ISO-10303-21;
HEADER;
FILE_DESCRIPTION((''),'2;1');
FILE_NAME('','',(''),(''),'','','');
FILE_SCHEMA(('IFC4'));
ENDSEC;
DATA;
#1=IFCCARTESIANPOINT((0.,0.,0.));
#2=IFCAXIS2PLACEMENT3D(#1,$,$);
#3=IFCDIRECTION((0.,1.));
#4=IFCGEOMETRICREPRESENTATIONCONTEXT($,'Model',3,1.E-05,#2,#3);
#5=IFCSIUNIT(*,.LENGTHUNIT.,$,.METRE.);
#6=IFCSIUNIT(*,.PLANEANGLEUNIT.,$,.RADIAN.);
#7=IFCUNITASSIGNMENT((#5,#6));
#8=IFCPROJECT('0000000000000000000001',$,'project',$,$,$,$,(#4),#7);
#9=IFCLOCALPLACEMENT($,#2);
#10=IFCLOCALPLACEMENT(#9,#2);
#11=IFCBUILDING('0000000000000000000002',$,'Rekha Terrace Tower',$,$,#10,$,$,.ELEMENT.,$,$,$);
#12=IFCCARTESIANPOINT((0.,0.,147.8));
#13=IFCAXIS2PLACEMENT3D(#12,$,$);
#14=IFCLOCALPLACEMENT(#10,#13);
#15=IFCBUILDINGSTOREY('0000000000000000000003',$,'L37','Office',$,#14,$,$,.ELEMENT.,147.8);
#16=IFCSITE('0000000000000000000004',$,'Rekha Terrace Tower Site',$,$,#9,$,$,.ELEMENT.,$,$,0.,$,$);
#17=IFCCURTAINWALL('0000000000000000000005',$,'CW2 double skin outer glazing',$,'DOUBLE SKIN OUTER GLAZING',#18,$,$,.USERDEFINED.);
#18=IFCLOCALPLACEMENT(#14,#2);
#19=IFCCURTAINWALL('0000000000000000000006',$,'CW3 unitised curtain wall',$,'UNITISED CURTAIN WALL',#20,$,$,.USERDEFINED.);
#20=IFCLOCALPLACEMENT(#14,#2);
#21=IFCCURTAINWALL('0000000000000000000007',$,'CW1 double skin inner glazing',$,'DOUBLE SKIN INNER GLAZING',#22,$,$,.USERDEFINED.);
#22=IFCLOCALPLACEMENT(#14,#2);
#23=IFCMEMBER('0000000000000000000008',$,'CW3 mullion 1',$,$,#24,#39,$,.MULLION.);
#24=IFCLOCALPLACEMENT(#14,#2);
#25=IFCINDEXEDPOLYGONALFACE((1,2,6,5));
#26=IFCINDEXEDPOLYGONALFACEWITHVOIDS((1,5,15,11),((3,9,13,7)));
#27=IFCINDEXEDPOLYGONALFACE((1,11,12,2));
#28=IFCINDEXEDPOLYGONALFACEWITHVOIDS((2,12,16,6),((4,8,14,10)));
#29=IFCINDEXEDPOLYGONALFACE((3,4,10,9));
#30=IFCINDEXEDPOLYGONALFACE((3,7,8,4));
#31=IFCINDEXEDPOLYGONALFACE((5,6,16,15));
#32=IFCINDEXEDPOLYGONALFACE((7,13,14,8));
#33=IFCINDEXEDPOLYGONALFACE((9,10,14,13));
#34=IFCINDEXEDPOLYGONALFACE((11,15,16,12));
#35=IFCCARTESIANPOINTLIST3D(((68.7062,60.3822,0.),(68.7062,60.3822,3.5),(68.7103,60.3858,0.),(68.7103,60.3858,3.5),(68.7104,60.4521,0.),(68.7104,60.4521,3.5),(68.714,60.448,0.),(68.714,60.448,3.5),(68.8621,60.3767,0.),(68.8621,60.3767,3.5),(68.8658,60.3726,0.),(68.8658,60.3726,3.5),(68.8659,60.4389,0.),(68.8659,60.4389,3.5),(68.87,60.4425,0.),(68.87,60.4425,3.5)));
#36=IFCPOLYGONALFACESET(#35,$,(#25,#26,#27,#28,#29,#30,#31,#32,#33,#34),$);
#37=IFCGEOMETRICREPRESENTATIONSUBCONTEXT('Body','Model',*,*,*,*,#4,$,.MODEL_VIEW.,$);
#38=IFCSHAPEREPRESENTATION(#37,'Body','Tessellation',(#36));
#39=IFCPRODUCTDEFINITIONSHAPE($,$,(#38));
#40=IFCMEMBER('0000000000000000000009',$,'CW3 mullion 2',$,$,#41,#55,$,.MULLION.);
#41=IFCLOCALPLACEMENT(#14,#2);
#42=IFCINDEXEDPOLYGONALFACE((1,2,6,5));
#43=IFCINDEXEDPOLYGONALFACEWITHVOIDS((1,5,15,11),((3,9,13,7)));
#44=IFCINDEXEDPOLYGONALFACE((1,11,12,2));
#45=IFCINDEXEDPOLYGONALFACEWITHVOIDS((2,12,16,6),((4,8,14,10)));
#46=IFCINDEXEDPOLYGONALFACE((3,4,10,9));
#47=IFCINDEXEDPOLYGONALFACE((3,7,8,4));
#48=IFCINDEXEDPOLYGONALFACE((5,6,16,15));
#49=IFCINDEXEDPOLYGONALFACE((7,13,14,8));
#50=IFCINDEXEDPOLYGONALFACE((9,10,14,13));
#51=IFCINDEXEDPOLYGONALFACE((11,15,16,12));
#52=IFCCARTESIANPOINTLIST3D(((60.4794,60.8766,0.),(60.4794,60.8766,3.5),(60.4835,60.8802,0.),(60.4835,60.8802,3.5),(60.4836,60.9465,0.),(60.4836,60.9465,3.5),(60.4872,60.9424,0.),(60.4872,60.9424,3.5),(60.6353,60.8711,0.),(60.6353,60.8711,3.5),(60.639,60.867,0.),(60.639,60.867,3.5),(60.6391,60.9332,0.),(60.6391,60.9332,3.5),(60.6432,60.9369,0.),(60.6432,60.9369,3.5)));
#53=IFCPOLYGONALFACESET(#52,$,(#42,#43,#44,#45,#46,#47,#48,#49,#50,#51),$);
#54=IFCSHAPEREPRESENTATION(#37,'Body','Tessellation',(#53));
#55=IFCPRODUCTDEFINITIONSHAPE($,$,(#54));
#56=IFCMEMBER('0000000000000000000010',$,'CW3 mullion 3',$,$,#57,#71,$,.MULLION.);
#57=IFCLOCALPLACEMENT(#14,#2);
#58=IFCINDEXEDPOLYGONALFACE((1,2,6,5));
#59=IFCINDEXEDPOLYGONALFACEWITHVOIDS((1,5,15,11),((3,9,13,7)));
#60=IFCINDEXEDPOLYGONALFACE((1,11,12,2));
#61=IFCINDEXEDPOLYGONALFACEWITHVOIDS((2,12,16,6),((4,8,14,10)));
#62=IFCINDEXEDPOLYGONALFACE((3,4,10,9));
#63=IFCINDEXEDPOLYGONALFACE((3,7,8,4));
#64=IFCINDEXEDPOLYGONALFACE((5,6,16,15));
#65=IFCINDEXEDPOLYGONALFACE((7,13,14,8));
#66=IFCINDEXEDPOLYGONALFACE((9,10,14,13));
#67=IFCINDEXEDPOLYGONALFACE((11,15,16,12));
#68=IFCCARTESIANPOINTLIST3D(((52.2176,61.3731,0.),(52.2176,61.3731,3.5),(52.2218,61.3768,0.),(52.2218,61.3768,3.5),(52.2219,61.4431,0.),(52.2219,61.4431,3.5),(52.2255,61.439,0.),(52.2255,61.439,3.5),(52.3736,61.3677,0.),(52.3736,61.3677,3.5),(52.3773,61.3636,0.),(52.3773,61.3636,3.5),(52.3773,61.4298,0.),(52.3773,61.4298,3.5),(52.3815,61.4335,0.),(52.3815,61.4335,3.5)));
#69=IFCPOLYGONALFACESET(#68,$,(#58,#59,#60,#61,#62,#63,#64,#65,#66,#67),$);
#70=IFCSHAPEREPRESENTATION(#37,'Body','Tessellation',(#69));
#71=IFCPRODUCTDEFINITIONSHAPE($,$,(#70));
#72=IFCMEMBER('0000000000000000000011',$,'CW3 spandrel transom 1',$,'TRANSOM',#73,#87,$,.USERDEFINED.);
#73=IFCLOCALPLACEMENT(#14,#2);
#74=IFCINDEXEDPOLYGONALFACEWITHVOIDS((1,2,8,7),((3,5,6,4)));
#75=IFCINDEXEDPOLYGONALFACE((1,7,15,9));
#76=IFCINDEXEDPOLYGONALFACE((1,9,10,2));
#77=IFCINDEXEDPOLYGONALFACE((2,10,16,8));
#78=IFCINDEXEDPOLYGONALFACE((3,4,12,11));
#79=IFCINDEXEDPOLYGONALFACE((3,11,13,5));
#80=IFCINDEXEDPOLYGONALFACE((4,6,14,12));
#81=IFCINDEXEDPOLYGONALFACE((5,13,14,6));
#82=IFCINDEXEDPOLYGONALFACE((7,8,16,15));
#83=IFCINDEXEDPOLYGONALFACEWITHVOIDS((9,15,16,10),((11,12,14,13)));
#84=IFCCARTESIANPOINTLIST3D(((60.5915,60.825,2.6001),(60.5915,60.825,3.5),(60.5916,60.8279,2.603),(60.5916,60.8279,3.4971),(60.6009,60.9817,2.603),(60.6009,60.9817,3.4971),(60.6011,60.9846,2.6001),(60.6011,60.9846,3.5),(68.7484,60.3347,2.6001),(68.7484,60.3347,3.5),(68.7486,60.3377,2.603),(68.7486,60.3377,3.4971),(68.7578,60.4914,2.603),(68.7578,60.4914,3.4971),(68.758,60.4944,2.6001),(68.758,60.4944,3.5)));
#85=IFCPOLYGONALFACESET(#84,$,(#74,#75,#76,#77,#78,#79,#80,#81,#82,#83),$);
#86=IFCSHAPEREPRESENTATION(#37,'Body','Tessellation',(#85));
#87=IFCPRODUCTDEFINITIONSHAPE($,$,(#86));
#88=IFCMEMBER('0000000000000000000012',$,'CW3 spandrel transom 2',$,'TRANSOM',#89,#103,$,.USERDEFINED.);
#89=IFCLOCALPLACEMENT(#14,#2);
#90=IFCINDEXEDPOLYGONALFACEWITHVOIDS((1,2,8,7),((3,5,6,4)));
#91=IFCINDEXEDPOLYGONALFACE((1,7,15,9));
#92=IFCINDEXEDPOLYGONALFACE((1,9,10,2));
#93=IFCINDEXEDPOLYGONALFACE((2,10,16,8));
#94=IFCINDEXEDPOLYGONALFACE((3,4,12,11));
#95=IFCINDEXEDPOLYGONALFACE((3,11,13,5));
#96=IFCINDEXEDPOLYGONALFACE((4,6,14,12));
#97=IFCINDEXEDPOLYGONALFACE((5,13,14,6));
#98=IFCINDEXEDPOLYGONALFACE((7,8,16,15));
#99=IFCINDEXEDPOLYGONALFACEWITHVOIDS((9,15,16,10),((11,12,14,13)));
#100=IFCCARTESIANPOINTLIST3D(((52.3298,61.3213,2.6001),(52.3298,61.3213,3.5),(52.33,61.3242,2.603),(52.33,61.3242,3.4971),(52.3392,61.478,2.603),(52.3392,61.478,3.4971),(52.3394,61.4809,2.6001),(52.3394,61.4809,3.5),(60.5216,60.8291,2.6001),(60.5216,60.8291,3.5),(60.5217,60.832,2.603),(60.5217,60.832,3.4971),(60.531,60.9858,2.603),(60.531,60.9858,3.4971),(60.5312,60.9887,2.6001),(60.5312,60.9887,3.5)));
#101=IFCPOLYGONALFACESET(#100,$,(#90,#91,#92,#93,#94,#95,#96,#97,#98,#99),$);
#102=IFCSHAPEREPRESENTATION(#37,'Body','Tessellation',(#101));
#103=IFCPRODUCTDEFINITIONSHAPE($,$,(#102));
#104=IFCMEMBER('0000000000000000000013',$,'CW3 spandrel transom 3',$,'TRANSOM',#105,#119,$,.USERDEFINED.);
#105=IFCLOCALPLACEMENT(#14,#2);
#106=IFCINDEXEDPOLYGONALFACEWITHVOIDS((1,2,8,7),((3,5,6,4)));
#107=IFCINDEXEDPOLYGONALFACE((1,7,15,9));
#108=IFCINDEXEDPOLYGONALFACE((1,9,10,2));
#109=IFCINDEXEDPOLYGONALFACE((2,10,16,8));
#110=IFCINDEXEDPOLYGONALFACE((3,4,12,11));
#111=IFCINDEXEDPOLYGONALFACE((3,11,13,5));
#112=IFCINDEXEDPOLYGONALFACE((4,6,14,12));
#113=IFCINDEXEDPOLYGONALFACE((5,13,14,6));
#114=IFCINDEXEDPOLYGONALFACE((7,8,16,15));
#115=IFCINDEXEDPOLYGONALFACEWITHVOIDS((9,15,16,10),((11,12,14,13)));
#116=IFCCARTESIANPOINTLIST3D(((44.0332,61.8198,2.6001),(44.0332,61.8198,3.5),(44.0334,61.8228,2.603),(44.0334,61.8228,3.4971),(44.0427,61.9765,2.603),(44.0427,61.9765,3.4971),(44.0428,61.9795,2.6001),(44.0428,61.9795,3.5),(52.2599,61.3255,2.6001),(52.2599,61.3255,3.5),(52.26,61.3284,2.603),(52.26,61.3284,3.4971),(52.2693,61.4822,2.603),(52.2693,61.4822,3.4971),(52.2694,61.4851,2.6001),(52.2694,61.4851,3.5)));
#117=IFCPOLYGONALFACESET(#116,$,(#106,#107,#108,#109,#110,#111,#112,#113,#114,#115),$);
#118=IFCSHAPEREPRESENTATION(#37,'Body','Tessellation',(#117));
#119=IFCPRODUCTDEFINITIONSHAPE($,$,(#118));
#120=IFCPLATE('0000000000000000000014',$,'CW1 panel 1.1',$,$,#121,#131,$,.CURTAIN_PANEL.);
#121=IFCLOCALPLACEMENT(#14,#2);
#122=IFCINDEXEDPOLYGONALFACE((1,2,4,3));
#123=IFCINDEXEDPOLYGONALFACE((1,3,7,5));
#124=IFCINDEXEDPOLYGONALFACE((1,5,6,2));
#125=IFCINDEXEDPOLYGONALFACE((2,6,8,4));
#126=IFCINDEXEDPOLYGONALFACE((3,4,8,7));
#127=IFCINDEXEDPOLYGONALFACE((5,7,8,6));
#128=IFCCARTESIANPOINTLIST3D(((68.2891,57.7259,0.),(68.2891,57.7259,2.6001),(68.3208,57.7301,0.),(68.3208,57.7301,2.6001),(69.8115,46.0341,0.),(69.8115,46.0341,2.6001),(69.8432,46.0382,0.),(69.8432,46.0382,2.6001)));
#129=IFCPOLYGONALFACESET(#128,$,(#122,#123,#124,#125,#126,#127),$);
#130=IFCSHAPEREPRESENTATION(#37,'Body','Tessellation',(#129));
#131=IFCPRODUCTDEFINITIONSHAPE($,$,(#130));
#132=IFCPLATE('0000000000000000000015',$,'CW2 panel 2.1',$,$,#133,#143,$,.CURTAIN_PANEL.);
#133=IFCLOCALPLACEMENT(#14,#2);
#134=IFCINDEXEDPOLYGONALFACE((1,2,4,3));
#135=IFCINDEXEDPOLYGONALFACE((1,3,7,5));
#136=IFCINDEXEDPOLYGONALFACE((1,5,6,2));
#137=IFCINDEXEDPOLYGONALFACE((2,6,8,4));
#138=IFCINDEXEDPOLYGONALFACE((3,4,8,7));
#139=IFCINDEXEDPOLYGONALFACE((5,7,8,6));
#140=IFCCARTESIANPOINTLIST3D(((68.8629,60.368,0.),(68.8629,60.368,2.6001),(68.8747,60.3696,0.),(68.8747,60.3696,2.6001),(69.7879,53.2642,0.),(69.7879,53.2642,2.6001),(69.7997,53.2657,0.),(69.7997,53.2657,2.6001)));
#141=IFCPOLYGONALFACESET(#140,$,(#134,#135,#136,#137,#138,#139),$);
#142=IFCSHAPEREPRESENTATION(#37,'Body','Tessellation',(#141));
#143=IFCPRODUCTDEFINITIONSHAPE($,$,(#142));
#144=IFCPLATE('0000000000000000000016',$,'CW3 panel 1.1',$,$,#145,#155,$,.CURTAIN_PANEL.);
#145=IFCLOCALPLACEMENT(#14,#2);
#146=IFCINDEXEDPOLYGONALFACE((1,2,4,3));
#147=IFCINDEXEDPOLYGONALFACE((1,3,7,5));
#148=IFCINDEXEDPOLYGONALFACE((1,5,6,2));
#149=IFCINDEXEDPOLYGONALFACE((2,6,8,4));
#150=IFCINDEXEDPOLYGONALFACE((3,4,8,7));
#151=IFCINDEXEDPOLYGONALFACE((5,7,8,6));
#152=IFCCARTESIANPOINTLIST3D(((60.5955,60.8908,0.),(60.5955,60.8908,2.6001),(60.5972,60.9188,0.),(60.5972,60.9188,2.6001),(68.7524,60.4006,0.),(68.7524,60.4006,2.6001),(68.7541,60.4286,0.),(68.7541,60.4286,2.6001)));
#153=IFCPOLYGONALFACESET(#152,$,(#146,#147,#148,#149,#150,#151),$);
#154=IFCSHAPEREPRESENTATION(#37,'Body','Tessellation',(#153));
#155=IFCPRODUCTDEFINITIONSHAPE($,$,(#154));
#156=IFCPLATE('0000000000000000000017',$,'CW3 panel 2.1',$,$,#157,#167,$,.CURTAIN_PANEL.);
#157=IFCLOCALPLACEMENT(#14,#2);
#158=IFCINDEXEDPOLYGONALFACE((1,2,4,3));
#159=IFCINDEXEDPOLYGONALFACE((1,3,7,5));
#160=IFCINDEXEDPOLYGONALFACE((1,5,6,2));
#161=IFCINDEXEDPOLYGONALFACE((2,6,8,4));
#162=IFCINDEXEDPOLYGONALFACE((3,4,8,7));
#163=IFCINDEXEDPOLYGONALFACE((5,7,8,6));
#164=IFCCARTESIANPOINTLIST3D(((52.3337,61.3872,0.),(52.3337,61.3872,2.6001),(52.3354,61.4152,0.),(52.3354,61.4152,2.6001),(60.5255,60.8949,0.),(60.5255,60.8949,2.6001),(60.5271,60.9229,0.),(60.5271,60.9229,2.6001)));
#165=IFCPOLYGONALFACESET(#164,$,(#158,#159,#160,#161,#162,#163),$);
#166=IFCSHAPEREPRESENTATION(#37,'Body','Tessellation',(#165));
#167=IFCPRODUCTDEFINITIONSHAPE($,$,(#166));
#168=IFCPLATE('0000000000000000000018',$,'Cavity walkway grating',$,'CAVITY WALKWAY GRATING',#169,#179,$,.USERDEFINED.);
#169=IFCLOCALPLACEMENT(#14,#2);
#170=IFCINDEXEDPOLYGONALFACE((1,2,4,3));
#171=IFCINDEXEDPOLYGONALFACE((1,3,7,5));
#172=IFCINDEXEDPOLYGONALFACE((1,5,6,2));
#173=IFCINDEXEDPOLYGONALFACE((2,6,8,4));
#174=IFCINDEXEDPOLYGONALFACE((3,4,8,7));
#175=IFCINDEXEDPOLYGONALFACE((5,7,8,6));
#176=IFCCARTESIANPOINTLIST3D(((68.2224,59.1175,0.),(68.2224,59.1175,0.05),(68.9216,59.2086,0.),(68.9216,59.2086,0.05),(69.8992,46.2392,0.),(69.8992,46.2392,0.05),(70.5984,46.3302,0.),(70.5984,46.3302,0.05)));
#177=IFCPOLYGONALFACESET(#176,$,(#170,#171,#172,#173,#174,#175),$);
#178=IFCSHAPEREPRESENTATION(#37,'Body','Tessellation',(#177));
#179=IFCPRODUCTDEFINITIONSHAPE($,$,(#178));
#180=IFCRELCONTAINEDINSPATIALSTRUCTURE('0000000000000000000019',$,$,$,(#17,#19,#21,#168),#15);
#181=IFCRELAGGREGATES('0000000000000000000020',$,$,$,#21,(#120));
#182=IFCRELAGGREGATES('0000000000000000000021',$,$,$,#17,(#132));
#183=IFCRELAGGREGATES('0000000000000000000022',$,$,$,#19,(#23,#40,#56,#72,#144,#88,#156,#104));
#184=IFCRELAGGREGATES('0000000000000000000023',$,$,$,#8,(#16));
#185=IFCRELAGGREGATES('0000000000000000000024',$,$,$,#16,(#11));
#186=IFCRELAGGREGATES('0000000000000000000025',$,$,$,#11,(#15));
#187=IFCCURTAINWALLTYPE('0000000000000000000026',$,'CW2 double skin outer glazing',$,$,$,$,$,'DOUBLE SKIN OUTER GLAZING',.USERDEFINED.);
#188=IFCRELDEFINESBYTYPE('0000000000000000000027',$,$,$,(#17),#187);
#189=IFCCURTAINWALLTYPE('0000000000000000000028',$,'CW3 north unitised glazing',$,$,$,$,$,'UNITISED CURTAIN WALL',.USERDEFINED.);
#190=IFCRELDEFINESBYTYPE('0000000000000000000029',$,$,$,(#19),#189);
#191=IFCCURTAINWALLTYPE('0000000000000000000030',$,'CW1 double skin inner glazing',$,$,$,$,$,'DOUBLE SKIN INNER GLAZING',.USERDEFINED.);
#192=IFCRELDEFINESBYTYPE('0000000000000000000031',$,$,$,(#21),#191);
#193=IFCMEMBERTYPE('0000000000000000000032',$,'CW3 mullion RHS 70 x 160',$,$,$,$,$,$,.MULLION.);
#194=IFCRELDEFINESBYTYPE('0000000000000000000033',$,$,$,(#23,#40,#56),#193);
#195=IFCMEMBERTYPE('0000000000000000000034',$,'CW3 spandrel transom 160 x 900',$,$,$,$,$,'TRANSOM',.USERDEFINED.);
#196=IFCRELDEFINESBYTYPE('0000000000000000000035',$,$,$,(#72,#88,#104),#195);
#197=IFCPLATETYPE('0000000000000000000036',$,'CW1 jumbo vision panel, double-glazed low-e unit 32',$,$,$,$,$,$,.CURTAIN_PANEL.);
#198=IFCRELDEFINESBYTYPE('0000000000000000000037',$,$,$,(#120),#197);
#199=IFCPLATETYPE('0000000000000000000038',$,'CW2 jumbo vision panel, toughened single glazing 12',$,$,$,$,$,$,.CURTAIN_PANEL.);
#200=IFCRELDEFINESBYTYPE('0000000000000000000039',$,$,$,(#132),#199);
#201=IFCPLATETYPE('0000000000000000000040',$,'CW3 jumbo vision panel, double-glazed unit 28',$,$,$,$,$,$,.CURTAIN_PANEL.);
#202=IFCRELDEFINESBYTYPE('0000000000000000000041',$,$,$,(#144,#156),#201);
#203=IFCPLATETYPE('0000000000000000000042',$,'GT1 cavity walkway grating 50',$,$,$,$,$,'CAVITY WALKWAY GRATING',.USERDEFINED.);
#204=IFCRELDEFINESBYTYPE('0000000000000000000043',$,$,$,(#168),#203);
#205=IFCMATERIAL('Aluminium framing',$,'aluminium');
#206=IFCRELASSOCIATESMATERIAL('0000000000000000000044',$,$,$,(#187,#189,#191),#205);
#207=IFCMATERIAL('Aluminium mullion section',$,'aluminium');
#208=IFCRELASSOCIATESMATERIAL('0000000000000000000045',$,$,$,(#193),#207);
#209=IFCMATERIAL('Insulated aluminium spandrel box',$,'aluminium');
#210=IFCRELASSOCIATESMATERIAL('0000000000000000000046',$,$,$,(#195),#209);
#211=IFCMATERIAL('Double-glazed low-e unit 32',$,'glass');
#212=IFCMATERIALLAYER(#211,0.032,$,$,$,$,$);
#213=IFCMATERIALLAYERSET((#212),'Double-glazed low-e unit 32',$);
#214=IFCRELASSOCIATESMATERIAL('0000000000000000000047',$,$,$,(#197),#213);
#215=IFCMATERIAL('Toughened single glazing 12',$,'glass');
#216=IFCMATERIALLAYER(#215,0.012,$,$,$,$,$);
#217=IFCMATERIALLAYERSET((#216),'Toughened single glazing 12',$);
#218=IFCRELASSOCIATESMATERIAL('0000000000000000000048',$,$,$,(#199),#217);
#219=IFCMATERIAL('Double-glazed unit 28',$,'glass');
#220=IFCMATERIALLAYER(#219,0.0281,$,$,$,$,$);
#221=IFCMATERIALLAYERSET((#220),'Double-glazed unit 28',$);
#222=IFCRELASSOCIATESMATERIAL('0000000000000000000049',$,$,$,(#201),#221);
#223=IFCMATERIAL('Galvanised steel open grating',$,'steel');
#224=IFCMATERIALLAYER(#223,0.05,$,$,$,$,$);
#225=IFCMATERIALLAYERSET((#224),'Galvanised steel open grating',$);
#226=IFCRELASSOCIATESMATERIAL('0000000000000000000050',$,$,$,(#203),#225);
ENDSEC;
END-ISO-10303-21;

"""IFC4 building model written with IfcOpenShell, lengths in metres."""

from ifc_helpers import new_model, si_unit, direction, frame, origin, origin_2d, place, context, subcontext, project, spatial, rectangle, hollow_rectangle, extrude, material, layer, layer_set, material_profile, profile_set, type_object, element, aggregate, save


model = new_model("IFC4")

# Units and contexts
model_context = context("Model", 3, precision=1e-05, world=origin(), true_north=direction((0.0, 1.0)))
body_context = subcontext(model_context, "Body", "Model", "MODEL_VIEW")
ifc_project = project(units=[si_unit("LENGTHUNIT", "METRE"), si_unit("PLANEANGLEUNIT", "RADIAN")], contexts=[model_context])

# Site, building, storey
site_placement = place(None, origin())
site = spatial("IfcSite", under=ifc_project, at=site_placement, Name="Rekha Terrace Tower Site", CompositionType="ELEMENT", RefElevation=0.0)
building_placement = place(site_placement, origin())
building = spatial("IfcBuilding", under=site, at=building_placement, Name="Rekha Terrace Tower", CompositionType="ELEMENT")
storey_placement = place(building_placement, frame((0.0, 0.0, 147.8)))
storey = spatial("IfcBuildingStorey", under=building, at=storey_placement, Name="L37", Description="Office", CompositionType="ELEMENT", Elevation=147.8)

# Curtain wall
ifc_material_1 = material(Name="Aluminium framing", Category="aluminium")
curtain_wall_type_1 = type_object("IfcCurtainWallType", Name="CW2 double skin outer glazing", ElementType="DOUBLE SKIN OUTER GLAZING", PredefinedType="USERDEFINED", material=ifc_material_1)
curtain_wall_1_placement = place(storey_placement, origin())
curtain_wall_1 = element("IfcCurtainWall", 1, at=curtain_wall_1_placement, inside=storey, type_object=curtain_wall_type_1, Name="CW2 double skin outer glazing", ObjectType="DOUBLE SKIN OUTER GLAZING", PredefinedType="USERDEFINED")

# Curtain wall
curtain_wall_type_2 = type_object("IfcCurtainWallType", Name="CW3 north unitised glazing", ElementType="UNITISED CURTAIN WALL", PredefinedType="USERDEFINED", material=ifc_material_1)
curtain_wall_2_placement = place(storey_placement, origin())
curtain_wall_2 = element("IfcCurtainWall", 2, at=curtain_wall_2_placement, inside=storey, type_object=curtain_wall_type_2, Name="CW3 unitised curtain wall", ObjectType="UNITISED CURTAIN WALL", PredefinedType="USERDEFINED")

# Curtain wall
curtain_wall_type_3 = type_object("IfcCurtainWallType", Name="CW1 double skin inner glazing", ElementType="DOUBLE SKIN INNER GLAZING", PredefinedType="USERDEFINED", material=ifc_material_1)
curtain_wall_3_placement = place(storey_placement, origin())
curtain_wall_3 = element("IfcCurtainWall", 3, at=curtain_wall_3_placement, inside=storey, type_object=curtain_wall_type_3, Name="CW1 double skin inner glazing", ObjectType="DOUBLE SKIN INNER GLAZING", PredefinedType="USERDEFINED")
ifc_material_2 = material(Name="Aluminium mullion section", Category="aluminium")

# Members
ifc_material_3 = material(Name="Insulated aluminium spandrel box", Category="aluminium")
ifc_material_profile_1 = material_profile(ifc_material_2, hollow_rectangle(XDim=0.0701, YDim=0.1599, WallThickness=0.0039, at=origin_2d()), Name="AL RHS 70x160")
ifc_profile_set_1 = profile_set([ifc_material_profile_1], Name="Aluminium mullion section")
member_type_1 = type_object("IfcMemberType", Name="CW3 mullion RHS 70 x 160", PredefinedType="MULLION", material=ifc_profile_set_1)
member_1_placement = place(storey_placement, frame((68.7881, 60.4124, 0.0), z_axis=(0.0, 0.0, 1.0), x_axis=(-0.059988, -0.998199, 0.0)))
member_1 = element("IfcMember", 4, at=member_1_placement, type_object=member_type_1, Name="CW3 mullion 1", PredefinedType="MULLION", context=body_context, shape_type="SweptSolid", body=[
    extrude(hollow_rectangle(XDim=0.0701, YDim=0.1599, WallThickness=0.0039, at=origin_2d()), origin(), (0.0, 0.0, 1.0), 3.5),
])
member_2_placement = place(storey_placement, frame((60.5613, 60.9067, 0.0), z_axis=(0.0, 0.0, 1.0), x_axis=(-0.059988, -0.998199, 0.0)))
member_2 = element("IfcMember", 5, at=member_2_placement, type_object=member_type_1, Name="CW3 mullion 2", PredefinedType="MULLION", context=body_context, shape_type="SweptSolid", body=[
    extrude(hollow_rectangle(XDim=0.0701, YDim=0.1599, WallThickness=0.0039, at=origin_2d()), origin(), (0.0, 0.0, 1.0), 3.5),
])
member_3_placement = place(storey_placement, frame((52.2996, 61.4033, 0.0), z_axis=(0.0, 0.0, 1.0), x_axis=(-0.059988, -0.998199, 0.0)))
member_3 = element("IfcMember", 6, at=member_3_placement, type_object=member_type_1, Name="CW3 mullion 3", PredefinedType="MULLION", context=body_context, shape_type="SweptSolid", body=[
    extrude(hollow_rectangle(XDim=0.0701, YDim=0.1599, WallThickness=0.0039, at=origin_2d()), origin(), (0.0, 0.0, 1.0), 3.5),
])
ifc_material_profile_2 = material_profile(ifc_material_3, hollow_rectangle(XDim=0.1599, YDim=0.8999, WallThickness=0.0029, at=origin_2d()), Name="AL SPANDREL BOX 160x900")
ifc_profile_set_2 = profile_set([ifc_material_profile_2], Name="Insulated aluminium spandrel box")
member_type_2 = type_object("IfcMemberType", Name="CW3 spandrel transom 160 x 900", ElementType="TRANSOM", PredefinedType="USERDEFINED", material=ifc_profile_set_2)
member_4_placement = place(storey_placement, frame((68.7532, 60.4146, 3.05), z_axis=(-0.998199, 0.059992, 0.0), x_axis=(-0.059992, -0.998199, 0.0)))
member_4 = element("IfcMember", 7, at=member_4_placement, type_object=member_type_2, Name="CW3 spandrel transom 1", ObjectType="TRANSOM", PredefinedType="USERDEFINED", context=body_context, shape_type="SweptSolid", body=[
    extrude(hollow_rectangle(XDim=0.1599, YDim=0.8999, WallThickness=0.0029, at=origin_2d()), origin(), (0.0, 0.0, 1.0), 8.1716),
])
member_5_placement = place(storey_placement, frame((60.5264, 60.9089, 3.05), z_axis=(-0.9982, 0.059976, 0.0), x_axis=(-0.059976, -0.9982, 0.0)))
member_5 = element("IfcMember", 8, at=member_5_placement, type_object=member_type_2, Name="CW3 spandrel transom 2", ObjectType="TRANSOM", PredefinedType="USERDEFINED", context=body_context, shape_type="SweptSolid", body=[
    extrude(hollow_rectangle(XDim=0.1599, YDim=0.8999, WallThickness=0.0029, at=origin_2d()), origin(), (0.0, 0.0, 1.0), 8.2065),
])
member_6_placement = place(storey_placement, frame((52.2646, 61.4053, 3.05), z_axis=(-0.998199, 0.059988, 0.0), x_axis=(-0.059988, -0.998199, 0.0)))
member_6 = element("IfcMember", 9, at=member_6_placement, type_object=member_type_2, Name="CW3 spandrel transom 3", ObjectType="TRANSOM", PredefinedType="USERDEFINED", context=body_context, shape_type="SweptSolid", body=[
    extrude(hollow_rectangle(XDim=0.1599, YDim=0.8999, WallThickness=0.0029, at=origin_2d()), origin(), (0.0, 0.0, 1.0), 8.2415),
])

# Plates
ifc_material_4 = material(Name="Double-glazed low-e unit 32", Category="glass")
ifc_layer_1 = layer(ifc_material_4, 0.032)
ifc_layer_set_1 = layer_set([ifc_layer_1], Name="Double-glazed low-e unit 32")
plate_type_1 = type_object("IfcPlateType", Name="CW1 jumbo vision panel, double-glazed low-e unit 32", PredefinedType="CURTAIN_PANEL", material=ifc_layer_set_1)
plate_1_placement = place(storey_placement, frame((69.0662, 51.8821, 0.0), z_axis=(0.0, 0.0, 1.0), x_axis=(-0.129118, 0.991629, 0.0)))
plate_1 = element("IfcPlate", 10, at=plate_1_placement, type_object=plate_type_1, Name="CW1 panel 1.1", PredefinedType="CURTAIN_PANEL", context=body_context, shape_type="SweptSolid", body=[
    extrude(rectangle(XDim=11.7905, YDim=0.032, at=origin_2d()), origin(), (0.0, 0.0, 1.0), 2.6001),
])
aggregate(curtain_wall_3, [plate_1])
ifc_material_5 = material(Name="Toughened single glazing 12", Category="glass")
ifc_layer_2 = layer(ifc_material_5, 0.012)
ifc_layer_set_2 = layer_set([ifc_layer_2], Name="Toughened single glazing 12")
plate_type_2 = type_object("IfcPlateType", Name="CW2 jumbo vision panel, toughened single glazing 12", PredefinedType="CURTAIN_PANEL", material=ifc_layer_set_2)
plate_2_placement = place(storey_placement, frame((69.3313, 56.8169, 0.0), z_axis=(0.0, 0.0, 1.0), x_axis=(-0.129118, 0.991629, 0.0)))
plate_2 = element("IfcPlate", 11, at=plate_2_placement, type_object=plate_type_2, Name="CW2 panel 2.1", PredefinedType="CURTAIN_PANEL", context=body_context, shape_type="SweptSolid", body=[
    extrude(rectangle(XDim=7.1638, YDim=0.012, at=origin_2d()), origin(), (0.0, 0.0, 1.0), 2.6001),
])
aggregate(curtain_wall_1, [plate_2])
ifc_material_6 = material(Name="Double-glazed unit 28", Category="glass")
ifc_layer_3 = layer(ifc_material_6, 0.0281)
ifc_layer_set_3 = layer_set([ifc_layer_3], Name="Double-glazed unit 28")
plate_type_3 = type_object("IfcPlateType", Name="CW3 jumbo vision panel, double-glazed unit 28", PredefinedType="CURTAIN_PANEL", material=ifc_layer_set_3)
plate_3_placement = place(storey_placement, frame((64.6748, 60.6597, 0.0), z_axis=(0.0, 0.0, 1.0), x_axis=(-0.998199, 0.059988, 0.0)))
plate_3 = element("IfcPlate", 12, at=plate_3_placement, type_object=plate_type_3, Name="CW3 panel 1.1", PredefinedType="CURTAIN_PANEL", context=body_context, shape_type="SweptSolid", body=[
    extrude(rectangle(XDim=8.1716, YDim=0.0281, at=origin_2d()), origin(), (0.0, 0.0, 1.0), 2.6001),
])
plate_4_placement = place(storey_placement, frame((56.4304, 61.155, 0.0), z_axis=(0.0, 0.0, 1.0), x_axis=(-0.998199, 0.059988, 0.0)))
plate_4 = element("IfcPlate", 13, at=plate_4_placement, type_object=plate_type_3, Name="CW3 panel 2.1", PredefinedType="CURTAIN_PANEL", context=body_context, shape_type="SweptSolid", body=[
    extrude(rectangle(XDim=8.2065, YDim=0.0281, at=origin_2d()), origin(), (0.0, 0.0, 1.0), 2.6001),
])
aggregate(curtain_wall_2, [member_1, member_2, member_3, member_4, plate_3, member_5, plate_4, member_6])
ifc_material_7 = material(Name="Galvanised steel open grating", Category="steel")
ifc_layer_4 = layer(ifc_material_7, 0.05)
ifc_layer_set_4 = layer_set([ifc_layer_4], Name="Galvanised steel open grating")
plate_type_4 = type_object("IfcPlateType", Name="GT1 cavity walkway grating 50", ElementType="CAVITY WALKWAY GRATING", PredefinedType="USERDEFINED", material=ifc_layer_set_4)
plate_5_placement = place(storey_placement, frame((69.4104, 52.7239, 0.0), z_axis=(0.0, 0.0, 1.0), x_axis=(-0.129118, 0.991629, 0.0)))
element("IfcPlate", 14, at=plate_5_placement, inside=storey, type_object=plate_type_4, Name="Cavity walkway grating", ObjectType="CAVITY WALKWAY GRATING", PredefinedType="USERDEFINED", context=body_context, shape_type="SweptSolid", body=[
    extrude(rectangle(XDim=12.9871, YDim=0.7051, at=origin_2d()), origin(), (0.0, 0.0, 1.0), 0.05),
])

save(model, "model.ifc")
